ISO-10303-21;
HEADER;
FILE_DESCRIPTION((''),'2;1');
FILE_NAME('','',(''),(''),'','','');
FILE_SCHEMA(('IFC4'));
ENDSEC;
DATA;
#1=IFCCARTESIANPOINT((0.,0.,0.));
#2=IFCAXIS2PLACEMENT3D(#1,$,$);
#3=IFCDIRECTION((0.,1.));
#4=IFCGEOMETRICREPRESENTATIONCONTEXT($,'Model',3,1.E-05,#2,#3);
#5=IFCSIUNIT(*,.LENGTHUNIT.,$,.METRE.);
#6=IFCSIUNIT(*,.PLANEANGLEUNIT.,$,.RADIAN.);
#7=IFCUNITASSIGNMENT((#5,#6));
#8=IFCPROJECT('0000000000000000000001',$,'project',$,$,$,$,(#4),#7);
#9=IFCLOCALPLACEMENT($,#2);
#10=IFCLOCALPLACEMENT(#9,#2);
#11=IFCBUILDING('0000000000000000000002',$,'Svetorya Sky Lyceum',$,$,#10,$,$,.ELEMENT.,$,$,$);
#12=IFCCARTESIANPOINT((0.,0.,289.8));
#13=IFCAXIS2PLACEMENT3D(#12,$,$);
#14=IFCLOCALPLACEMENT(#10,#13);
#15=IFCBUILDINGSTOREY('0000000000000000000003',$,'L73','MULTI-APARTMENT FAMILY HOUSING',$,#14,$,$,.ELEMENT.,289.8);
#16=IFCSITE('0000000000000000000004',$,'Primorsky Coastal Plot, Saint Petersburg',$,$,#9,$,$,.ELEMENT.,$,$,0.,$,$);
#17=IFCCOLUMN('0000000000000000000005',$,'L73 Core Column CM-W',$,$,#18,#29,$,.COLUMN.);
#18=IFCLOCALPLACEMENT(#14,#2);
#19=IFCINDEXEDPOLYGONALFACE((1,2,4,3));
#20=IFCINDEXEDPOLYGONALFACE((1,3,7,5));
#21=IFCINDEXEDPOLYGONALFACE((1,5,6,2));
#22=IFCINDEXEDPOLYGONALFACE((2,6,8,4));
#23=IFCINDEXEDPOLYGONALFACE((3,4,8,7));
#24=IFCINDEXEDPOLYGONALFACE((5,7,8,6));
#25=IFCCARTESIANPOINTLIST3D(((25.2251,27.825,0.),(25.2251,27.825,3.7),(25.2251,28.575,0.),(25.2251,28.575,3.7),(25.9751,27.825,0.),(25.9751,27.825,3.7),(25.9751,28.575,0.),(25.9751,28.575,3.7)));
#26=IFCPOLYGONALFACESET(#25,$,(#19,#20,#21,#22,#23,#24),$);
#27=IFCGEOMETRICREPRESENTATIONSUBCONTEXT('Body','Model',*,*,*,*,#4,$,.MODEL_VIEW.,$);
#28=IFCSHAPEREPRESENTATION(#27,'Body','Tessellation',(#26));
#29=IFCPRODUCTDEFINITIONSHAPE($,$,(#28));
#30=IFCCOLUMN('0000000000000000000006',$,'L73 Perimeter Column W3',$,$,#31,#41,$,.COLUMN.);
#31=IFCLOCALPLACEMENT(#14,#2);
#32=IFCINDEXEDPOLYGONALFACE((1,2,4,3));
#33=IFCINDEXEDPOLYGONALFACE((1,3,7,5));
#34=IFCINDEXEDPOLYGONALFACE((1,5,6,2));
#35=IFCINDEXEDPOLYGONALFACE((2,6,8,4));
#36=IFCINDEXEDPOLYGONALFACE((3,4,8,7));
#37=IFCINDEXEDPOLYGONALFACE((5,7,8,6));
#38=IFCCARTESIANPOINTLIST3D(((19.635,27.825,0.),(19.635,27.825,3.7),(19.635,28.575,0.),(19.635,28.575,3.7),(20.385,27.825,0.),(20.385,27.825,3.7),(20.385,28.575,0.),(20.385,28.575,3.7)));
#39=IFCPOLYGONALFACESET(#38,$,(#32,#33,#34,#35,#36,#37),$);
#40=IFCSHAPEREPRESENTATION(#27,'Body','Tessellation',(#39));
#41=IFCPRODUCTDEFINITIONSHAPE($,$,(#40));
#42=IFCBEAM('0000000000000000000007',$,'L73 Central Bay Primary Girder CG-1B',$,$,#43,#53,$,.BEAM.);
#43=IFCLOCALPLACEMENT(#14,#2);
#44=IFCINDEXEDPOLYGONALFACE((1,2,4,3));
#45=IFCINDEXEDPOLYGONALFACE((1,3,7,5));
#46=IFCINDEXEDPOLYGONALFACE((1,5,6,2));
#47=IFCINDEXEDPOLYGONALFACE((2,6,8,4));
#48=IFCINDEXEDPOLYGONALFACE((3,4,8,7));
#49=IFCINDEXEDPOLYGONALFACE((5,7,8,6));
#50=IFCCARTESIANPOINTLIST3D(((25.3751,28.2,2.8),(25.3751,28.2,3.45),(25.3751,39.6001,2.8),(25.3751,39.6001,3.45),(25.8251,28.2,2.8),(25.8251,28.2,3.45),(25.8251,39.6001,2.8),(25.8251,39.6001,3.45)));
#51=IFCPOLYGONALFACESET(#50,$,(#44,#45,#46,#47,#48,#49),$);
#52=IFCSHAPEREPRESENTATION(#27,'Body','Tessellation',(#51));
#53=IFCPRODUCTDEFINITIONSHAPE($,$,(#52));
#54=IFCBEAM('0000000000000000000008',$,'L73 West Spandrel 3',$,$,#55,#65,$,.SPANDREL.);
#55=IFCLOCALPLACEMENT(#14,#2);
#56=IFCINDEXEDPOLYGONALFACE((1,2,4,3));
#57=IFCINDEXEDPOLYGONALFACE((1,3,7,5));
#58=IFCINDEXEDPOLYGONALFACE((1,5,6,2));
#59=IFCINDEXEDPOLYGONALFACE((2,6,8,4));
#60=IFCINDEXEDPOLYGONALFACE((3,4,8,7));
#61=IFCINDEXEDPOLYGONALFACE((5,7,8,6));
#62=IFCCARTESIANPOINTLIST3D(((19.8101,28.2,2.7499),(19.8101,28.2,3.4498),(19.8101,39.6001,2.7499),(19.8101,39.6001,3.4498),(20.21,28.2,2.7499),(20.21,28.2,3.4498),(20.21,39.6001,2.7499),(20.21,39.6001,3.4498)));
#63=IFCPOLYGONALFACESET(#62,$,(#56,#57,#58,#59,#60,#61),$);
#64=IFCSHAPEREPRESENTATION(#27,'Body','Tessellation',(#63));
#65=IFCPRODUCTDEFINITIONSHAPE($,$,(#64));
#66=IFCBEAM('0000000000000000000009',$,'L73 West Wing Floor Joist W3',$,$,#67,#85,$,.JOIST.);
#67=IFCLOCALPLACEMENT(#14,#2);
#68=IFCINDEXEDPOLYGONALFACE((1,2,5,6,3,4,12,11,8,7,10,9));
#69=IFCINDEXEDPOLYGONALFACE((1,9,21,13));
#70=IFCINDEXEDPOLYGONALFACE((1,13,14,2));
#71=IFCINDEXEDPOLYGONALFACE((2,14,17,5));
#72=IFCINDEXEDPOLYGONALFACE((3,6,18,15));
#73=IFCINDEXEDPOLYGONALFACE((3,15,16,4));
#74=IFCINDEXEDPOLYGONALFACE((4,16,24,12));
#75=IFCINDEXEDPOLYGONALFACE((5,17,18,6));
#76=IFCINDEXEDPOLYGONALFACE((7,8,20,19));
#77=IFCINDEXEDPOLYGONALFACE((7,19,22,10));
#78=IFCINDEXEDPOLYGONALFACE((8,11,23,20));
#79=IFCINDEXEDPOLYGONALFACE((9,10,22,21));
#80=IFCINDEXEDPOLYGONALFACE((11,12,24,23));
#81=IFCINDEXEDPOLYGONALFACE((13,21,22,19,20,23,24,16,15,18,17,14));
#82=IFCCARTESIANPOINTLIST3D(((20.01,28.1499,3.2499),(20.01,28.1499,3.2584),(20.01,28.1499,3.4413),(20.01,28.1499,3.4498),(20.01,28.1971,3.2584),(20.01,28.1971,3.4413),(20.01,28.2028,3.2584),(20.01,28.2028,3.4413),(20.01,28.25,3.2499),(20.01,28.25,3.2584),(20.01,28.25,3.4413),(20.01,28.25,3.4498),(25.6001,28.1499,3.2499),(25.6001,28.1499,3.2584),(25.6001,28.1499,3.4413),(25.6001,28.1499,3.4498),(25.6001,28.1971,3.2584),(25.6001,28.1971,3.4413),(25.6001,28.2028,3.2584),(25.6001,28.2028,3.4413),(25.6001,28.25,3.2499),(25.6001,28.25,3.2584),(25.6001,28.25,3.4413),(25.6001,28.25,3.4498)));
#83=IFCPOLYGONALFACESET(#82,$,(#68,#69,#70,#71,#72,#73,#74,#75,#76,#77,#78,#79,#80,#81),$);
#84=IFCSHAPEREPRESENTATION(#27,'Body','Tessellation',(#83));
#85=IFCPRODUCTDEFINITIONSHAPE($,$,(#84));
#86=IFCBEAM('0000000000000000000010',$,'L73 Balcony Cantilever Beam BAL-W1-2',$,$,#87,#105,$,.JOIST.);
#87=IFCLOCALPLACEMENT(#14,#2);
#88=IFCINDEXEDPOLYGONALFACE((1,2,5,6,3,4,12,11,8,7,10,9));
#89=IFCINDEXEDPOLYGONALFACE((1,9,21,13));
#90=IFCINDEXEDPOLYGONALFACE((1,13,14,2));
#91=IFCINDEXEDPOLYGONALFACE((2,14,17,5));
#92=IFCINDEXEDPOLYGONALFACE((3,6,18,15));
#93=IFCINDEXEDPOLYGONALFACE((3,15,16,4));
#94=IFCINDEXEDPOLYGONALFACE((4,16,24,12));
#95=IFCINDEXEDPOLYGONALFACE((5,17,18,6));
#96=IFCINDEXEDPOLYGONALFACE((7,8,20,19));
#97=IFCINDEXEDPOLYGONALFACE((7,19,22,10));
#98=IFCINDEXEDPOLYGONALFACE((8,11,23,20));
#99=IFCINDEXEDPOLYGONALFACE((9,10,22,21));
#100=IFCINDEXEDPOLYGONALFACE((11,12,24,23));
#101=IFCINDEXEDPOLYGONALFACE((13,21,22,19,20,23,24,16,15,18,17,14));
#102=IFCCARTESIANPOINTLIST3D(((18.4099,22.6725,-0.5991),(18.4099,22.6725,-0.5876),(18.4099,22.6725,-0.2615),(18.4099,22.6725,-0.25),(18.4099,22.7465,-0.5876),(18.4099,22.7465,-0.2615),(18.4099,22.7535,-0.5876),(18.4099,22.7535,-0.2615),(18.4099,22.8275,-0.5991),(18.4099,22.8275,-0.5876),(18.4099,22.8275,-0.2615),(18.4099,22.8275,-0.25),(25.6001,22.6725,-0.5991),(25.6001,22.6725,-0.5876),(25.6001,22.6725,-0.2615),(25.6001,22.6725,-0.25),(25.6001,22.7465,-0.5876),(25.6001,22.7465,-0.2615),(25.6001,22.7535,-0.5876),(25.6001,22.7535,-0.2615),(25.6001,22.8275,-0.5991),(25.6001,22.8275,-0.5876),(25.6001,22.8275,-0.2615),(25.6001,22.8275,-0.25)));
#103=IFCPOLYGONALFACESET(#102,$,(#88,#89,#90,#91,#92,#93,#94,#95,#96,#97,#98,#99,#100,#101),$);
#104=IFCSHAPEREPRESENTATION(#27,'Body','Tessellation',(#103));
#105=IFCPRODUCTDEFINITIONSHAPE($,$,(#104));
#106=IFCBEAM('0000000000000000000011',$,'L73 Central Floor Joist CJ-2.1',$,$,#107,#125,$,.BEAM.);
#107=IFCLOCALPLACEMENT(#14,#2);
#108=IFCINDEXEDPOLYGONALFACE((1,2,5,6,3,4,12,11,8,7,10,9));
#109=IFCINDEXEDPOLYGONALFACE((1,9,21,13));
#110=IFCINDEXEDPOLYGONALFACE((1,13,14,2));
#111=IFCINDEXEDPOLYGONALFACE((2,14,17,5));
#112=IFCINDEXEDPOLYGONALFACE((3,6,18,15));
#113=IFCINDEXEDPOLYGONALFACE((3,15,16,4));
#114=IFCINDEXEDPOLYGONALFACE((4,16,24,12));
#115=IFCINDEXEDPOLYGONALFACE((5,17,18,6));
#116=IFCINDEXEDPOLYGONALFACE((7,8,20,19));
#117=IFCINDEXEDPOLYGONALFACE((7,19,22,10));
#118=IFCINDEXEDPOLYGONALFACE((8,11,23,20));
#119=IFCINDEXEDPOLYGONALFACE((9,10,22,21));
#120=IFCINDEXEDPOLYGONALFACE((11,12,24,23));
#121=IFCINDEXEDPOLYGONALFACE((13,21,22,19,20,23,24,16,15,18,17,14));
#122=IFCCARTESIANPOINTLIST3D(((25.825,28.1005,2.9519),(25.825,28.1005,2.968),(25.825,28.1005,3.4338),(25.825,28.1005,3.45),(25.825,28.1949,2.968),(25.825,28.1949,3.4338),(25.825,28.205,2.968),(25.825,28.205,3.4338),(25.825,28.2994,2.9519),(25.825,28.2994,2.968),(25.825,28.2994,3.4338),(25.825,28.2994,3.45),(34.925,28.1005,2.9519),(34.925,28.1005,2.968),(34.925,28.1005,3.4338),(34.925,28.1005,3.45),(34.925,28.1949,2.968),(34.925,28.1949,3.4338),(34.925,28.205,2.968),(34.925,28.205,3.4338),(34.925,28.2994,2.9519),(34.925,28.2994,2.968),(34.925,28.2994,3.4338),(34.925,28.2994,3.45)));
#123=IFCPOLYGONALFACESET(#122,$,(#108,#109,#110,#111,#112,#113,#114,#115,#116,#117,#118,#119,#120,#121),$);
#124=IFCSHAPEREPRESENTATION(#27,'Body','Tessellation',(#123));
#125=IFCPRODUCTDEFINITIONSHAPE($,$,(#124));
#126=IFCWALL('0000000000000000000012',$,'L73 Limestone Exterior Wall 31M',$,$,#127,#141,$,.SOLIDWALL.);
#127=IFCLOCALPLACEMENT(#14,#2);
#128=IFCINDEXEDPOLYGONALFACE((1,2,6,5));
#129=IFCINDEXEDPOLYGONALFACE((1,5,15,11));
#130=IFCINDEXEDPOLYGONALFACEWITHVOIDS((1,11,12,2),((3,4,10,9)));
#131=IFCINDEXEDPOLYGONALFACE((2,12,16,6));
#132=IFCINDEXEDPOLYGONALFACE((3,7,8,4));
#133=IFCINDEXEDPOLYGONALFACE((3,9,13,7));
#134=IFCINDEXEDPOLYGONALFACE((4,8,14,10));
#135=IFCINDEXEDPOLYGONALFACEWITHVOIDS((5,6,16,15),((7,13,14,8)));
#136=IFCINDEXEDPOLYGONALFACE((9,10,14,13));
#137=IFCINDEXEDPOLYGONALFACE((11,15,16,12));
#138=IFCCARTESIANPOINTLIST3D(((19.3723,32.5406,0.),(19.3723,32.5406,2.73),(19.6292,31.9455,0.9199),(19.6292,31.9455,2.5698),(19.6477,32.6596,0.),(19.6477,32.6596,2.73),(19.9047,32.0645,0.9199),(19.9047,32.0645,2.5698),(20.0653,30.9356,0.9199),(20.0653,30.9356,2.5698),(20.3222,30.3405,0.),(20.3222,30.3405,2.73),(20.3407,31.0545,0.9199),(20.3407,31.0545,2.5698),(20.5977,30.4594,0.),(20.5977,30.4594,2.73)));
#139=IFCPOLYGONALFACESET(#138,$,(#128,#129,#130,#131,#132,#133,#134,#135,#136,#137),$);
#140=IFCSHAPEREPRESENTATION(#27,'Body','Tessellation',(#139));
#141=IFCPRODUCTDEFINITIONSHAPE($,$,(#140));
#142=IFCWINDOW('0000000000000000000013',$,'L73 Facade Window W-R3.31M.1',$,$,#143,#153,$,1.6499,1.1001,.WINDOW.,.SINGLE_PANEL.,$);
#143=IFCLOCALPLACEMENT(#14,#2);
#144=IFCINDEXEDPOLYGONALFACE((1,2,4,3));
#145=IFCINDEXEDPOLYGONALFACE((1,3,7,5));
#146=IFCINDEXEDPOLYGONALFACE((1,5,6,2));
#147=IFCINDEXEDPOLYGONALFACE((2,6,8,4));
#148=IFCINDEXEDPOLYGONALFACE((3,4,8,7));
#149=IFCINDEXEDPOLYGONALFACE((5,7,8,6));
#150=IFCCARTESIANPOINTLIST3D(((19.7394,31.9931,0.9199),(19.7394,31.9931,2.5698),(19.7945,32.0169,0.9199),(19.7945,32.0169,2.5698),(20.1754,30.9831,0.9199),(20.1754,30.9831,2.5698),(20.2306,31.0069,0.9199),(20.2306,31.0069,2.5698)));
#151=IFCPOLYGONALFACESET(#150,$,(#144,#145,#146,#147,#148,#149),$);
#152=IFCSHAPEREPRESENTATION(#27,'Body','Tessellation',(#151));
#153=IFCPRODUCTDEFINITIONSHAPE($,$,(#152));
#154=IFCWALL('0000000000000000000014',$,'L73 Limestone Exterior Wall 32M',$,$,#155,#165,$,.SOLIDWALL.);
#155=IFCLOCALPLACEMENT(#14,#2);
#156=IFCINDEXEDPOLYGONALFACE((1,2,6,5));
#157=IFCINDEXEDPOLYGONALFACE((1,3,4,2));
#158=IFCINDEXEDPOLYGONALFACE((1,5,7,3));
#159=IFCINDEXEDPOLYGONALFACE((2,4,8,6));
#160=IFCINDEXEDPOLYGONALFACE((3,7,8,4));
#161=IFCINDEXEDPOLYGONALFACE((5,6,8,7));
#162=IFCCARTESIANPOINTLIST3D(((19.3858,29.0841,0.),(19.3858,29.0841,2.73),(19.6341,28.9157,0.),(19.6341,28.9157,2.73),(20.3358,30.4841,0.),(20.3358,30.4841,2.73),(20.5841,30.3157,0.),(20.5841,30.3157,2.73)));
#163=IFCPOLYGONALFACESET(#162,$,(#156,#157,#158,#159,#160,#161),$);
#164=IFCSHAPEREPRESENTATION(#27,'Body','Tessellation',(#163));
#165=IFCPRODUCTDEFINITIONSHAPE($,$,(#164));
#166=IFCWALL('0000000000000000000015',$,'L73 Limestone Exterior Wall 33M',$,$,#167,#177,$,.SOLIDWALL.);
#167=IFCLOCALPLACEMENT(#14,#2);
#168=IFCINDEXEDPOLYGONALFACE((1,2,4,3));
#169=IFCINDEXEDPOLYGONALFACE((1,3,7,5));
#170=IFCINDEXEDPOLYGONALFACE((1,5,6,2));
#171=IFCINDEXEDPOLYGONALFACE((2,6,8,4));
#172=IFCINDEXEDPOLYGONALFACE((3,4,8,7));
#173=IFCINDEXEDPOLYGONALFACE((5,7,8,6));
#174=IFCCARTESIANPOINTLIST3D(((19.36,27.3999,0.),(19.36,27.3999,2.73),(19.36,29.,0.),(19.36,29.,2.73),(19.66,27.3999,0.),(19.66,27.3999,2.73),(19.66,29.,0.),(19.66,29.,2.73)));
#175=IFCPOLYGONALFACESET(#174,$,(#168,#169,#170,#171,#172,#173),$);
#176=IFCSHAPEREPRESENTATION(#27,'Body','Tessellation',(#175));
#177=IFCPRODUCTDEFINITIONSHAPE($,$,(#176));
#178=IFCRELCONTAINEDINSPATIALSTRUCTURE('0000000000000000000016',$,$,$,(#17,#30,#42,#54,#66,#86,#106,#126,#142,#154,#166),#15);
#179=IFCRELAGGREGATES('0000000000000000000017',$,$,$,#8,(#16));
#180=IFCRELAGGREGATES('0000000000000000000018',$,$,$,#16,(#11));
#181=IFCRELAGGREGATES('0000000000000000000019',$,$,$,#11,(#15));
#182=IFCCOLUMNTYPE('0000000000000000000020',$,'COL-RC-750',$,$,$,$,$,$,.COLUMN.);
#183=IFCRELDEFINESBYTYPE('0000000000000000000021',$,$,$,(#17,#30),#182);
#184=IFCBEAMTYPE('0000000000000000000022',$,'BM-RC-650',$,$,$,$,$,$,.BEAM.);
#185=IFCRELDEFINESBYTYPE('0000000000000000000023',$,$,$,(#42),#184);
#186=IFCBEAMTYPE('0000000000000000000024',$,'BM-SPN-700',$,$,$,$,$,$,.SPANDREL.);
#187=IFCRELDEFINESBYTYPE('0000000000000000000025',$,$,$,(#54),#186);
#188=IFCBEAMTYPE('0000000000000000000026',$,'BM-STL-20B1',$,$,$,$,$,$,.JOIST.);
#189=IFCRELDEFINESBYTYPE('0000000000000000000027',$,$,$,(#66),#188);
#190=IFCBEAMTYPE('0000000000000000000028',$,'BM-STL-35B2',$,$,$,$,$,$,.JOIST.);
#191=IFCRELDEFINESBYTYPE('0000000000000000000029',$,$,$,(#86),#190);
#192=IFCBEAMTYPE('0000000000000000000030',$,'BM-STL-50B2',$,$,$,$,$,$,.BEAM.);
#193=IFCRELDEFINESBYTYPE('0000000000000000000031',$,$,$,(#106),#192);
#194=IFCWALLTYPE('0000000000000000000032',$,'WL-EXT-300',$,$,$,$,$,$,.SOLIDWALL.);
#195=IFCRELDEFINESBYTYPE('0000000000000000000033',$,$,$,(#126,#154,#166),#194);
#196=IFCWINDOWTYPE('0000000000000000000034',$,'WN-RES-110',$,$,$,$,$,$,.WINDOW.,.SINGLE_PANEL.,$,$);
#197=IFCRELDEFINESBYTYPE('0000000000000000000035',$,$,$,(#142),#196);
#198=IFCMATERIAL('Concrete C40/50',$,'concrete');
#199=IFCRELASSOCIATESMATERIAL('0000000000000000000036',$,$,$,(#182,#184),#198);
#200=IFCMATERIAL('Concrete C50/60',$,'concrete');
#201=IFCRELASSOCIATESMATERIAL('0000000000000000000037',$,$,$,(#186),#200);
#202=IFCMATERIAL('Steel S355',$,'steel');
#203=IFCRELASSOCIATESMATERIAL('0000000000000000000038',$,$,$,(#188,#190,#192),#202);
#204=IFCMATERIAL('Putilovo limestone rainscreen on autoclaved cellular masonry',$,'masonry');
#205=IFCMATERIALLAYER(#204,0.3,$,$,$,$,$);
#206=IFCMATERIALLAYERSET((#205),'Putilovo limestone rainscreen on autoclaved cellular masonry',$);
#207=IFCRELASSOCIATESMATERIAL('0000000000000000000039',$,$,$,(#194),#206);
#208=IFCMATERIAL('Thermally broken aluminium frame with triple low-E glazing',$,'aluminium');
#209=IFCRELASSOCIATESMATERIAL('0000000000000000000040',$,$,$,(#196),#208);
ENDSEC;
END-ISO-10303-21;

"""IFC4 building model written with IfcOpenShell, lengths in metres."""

from ifc_helpers import new_model, si_unit, direction, frame, frame_2d, origin, origin_2d, place, context, subcontext, project, spatial, rectangle, i_section, extrude, material, layer, layer_set, material_profile, profile_set, type_object, element, fill, save


model = new_model("IFC4")

# Units and contexts
model_context = context("Model", 3, precision=1e-05, world=origin(), true_north=direction((0.0, 1.0)))
body_context = subcontext(model_context, "Body", "Model", "MODEL_VIEW")
ifc_project = project(units=[si_unit("LENGTHUNIT", "METRE"), si_unit("PLANEANGLEUNIT", "RADIAN")], contexts=[model_context])

# Site, building, storey
site_placement = place(None, origin())
site = spatial("IfcSite", under=ifc_project, at=site_placement, Name="Primorsky Coastal Plot, Saint Petersburg", CompositionType="ELEMENT", RefElevation=0.0)
building_placement = place(site_placement, origin())
building = spatial("IfcBuilding", under=site, at=building_placement, Name="Svetorya Sky Lyceum", CompositionType="ELEMENT")
storey_placement = place(building_placement, frame((0.0, 0.0, 289.8)))
storey = spatial("IfcBuildingStorey", under=building, at=storey_placement, Name="L73", Description="MULTI-APARTMENT FAMILY HOUSING", CompositionType="ELEMENT", Elevation=289.8)

# Columns
ifc_material_1 = material(Name="Concrete C40/50", Category="concrete")
ifc_material_profile_1 = material_profile(ifc_material_1, rectangle(XDim=0.75, YDim=0.75, at=origin_2d()), Name="RC COL 750x750")
ifc_profile_set_1 = profile_set([ifc_material_profile_1], Name="Concrete C40/50")
column_type = type_object("IfcColumnType", Name="COL-RC-750", PredefinedType="COLUMN", material=ifc_profile_set_1)
for number, where, z_axis, x_axis, name in (
    (1, (25.6001, 28.2, 0.0), (0.0, 0.0, 1.0), (1.0, 0.0, 0.0), "L73 Core Column CM-W"),
    (2, (20.01, 28.2, 0.0), (0.0, 0.0, 1.0), (1.0, 0.0, 0.0), "L73 Perimeter Column W3"),
):
    element("IfcColumn", number, at=place(storey_placement, frame(where, z_axis=z_axis, x_axis=x_axis)), inside=storey, type_object=column_type, Name=name, PredefinedType="COLUMN", context=body_context, shape_type="SweptSolid", body=[
        extrude(rectangle(XDim=0.75, YDim=0.75, at=origin_2d()), origin(), (0.0, 0.0, 1.0), 3.7),
    ])

# Beams
ifc_material_profile_2 = material_profile(ifc_material_1, rectangle(XDim=0.45, YDim=0.6499, at=origin_2d()), Name="RC BEAM 450x650")
ifc_profile_set_2 = profile_set([ifc_material_profile_2], Name="Concrete C40/50")
beam_type_1 = type_object("IfcBeamType", Name="BM-RC-650", PredefinedType="BEAM", material=ifc_profile_set_2)
beam_1_placement = place(storey_placement, frame((25.6001, 28.2, 3.125), z_axis=(0.0, 1.0, 0.0), x_axis=(-1.0, 0.0, 0.0)))
element("IfcBeam", 3, at=beam_1_placement, inside=storey, type_object=beam_type_1, Name="L73 Central Bay Primary Girder CG-1B", PredefinedType="BEAM", context=body_context, shape_type="SweptSolid", body=[
    extrude(rectangle(XDim=0.45, YDim=0.6499, at=origin_2d()), origin(), (0.0, 0.0, 1.0), 11.4001),
])
ifc_material_2 = material(Name="Concrete C50/60", Category="concrete")
ifc_material_profile_3 = material_profile(ifc_material_2, rectangle(XDim=0.3999, YDim=0.7, at=origin_2d()), Name="RC SPANDREL 400x700")
ifc_profile_set_3 = profile_set([ifc_material_profile_3], Name="Concrete C50/60")
beam_type_2 = type_object("IfcBeamType", Name="BM-SPN-700", PredefinedType="SPANDREL", material=ifc_profile_set_3)
beam_2_placement = place(storey_placement, frame((20.01, 28.2, 3.0999), z_axis=(0.0, 1.0, 0.0), x_axis=(-1.0, 0.0, 0.0)))
element("IfcBeam", 4, at=beam_2_placement, inside=storey, type_object=beam_type_2, Name="L73 West Spandrel 3", PredefinedType="SPANDREL", context=body_context, shape_type="SweptSolid", body=[
    extrude(rectangle(XDim=0.3999, YDim=0.7, at=origin_2d()), origin(), (0.0, 0.0, 1.0), 11.4001),
])
ifc_material_3 = material(Name="Steel S355", Category="steel")
ifc_material_profile_4 = material_profile(ifc_material_3, i_section(OverallWidth=0.1001, OverallDepth=0.2, WebThickness=0.0056, FlangeThickness=0.0085, at=origin_2d()), Name="GOST 20B1")
ifc_profile_set_4 = profile_set([ifc_material_profile_4], Name="Steel S355")
beam_type_3 = type_object("IfcBeamType", Name="BM-STL-20B1", PredefinedType="JOIST", material=ifc_profile_set_4)
beam_3_placement = place(storey_placement, frame((20.01, 28.2, 3.3499), z_axis=(1.0, 0.0, 0.0), x_axis=(0.0, 1.0, 0.0)))
element("IfcBeam", 5, at=beam_3_placement, inside=storey, type_object=beam_type_3, Name="L73 West Wing Floor Joist W3", PredefinedType="JOIST", context=body_context, shape_type="SweptSolid", body=[
    extrude(i_section(OverallWidth=0.1001, OverallDepth=0.2, WebThickness=0.0056, FlangeThickness=0.0085, at=origin_2d()), origin(), (0.0, 0.0, 1.0), 5.5901),
])
ifc_material_profile_5 = material_profile(ifc_material_3, i_section(OverallWidth=0.155, OverallDepth=0.3491, WebThickness=0.0071, FlangeThickness=0.0115, at=origin_2d()), Name="GOST 35B2")
ifc_profile_set_5 = profile_set([ifc_material_profile_5], Name="Steel S355")
beam_type_4 = type_object("IfcBeamType", Name="BM-STL-35B2", PredefinedType="JOIST", material=ifc_profile_set_5)
beam_4_placement = place(storey_placement, frame((25.6001, 22.75, -0.4246), z_axis=(-1.0, 0.0, 0.0), x_axis=(0.0, -1.0, 0.0)))
element("IfcBeam", 6, at=beam_4_placement, inside=storey, type_object=beam_type_4, Name="L73 Balcony Cantilever Beam BAL-W1-2", PredefinedType="JOIST", context=body_context, shape_type="SweptSolid", body=[
    extrude(i_section(OverallWidth=0.155, OverallDepth=0.3491, WebThickness=0.0071, FlangeThickness=0.0115, at=origin_2d()), origin(), (0.0, 0.0, 1.0), 7.1902),
])
ifc_material_profile_6 = material_profile(ifc_material_3, i_section(OverallWidth=0.199, OverallDepth=0.498, WebThickness=0.01, FlangeThickness=0.0161, at=origin_2d()), Name="GOST 50B2")
ifc_profile_set_6 = profile_set([ifc_material_profile_6], Name="Steel S355")
beam_type_5 = type_object("IfcBeamType", Name="BM-STL-50B2", PredefinedType="BEAM", material=ifc_profile_set_6)
beam_5_placement = place(storey_placement, frame((25.825, 28.2, 3.2009), z_axis=(1.0, 0.0, 0.0), x_axis=(0.0, 1.0, 0.0)))
element("IfcBeam", 7, at=beam_5_placement, inside=storey, type_object=beam_type_5, Name="L73 Central Floor Joist CJ-2.1", PredefinedType="BEAM", context=body_context, shape_type="SweptSolid", body=[
    extrude(i_section(OverallWidth=0.199, OverallDepth=0.498, WebThickness=0.01, FlangeThickness=0.0161, at=origin_2d()), origin(), (0.0, 0.0, 1.0), 9.1001),
])

# Wall, opening, window
ifc_material_4 = material(Name="Putilovo limestone rainscreen on autoclaved cellular masonry", Category="masonry")
ifc_layer_1 = layer(ifc_material_4, 0.3)
ifc_layer_set_1 = layer_set([ifc_layer_1], Name="Putilovo limestone rainscreen on autoclaved cellular masonry")
wall_type_1 = type_object("IfcWallType", Name="WL-EXT-300", PredefinedType="SOLIDWALL", material=ifc_layer_set_1)
wall_1_placement = place(storey_placement, frame((19.51, 32.6001, 0.0), z_axis=(0.0, 0.0, 1.0), x_axis=(0.396389, -0.918083, 0.0)))
wall_1 = element("IfcWall", 8, at=wall_1_placement, inside=storey, type_object=wall_type_1, Name="L73 Limestone Exterior Wall 31M", PredefinedType="SOLIDWALL", context=body_context, shape_type="SweptSolid", body=[
    extrude(rectangle(XDim=2.3965, YDim=0.3, at=frame_2d((1.1982, 0.0))), origin(), (0.0, 0.0, 1.0), 2.73),
])
opening_1_placement = place(wall_1_placement, frame((0.6482, 0.0, 0.9199)))
opening_1 = element("IfcOpeningElement", 9, at=opening_1_placement, cuts=wall_1, PredefinedType="OPENING", context=body_context, shape_type="SweptSolid", body=[
    extrude(rectangle(XDim=1.1001, YDim=1.6499, at=frame_2d((0.55, 0.825))), frame((0.0, 0.1599, 0.0), z_axis=(0.0, -1.0, 0.0), x_axis=(1.0, 0.0, 0.0)), (0.0, 0.0, 1.0), 0.3201),
])
ifc_material_5 = material(Name="Thermally broken aluminium frame with triple low-E glazing", Category="aluminium")
window_type = type_object("IfcWindowType", Name="WN-RES-110", PartitioningType="SINGLE_PANEL", PredefinedType="WINDOW", material=ifc_material_5)
window_1_placement = place(opening_1_placement, origin())
window_1 = element("IfcWindow", 10, at=window_1_placement, inside=storey, type_object=window_type, Name="L73 Facade Window W-R3.31M.1", OverallHeight=1.6499, OverallWidth=1.1001, PartitioningType="SINGLE_PANEL", PredefinedType="WINDOW", context=body_context, shape_type="SweptSolid", body=[
    extrude(rectangle(XDim=1.1001, YDim=1.6499, at=frame_2d((0.55, 0.825))), frame((0.0, 0.03, 0.0), z_axis=(0.0, -1.0, 0.0), x_axis=(1.0, 0.0, 0.0)), (0.0, 0.0, 1.0), 0.0601),
])
fill(opening_1, window_1)

# Walls
wall_2_placement = place(storey_placement, frame((20.46, 30.3999, 0.0), z_axis=(0.0, 0.0, 1.0), x_axis=(-0.561508, -0.827471, 0.0)))
element("IfcWall", 11, at=wall_2_placement, inside=storey, type_object=wall_type_1, Name="L73 Limestone Exterior Wall 32M", PredefinedType="SOLIDWALL", context=body_context, shape_type="SweptSolid", body=[
    extrude(rectangle(XDim=1.6919, YDim=0.3, at=frame_2d((0.8459, 0.0))), origin(), (0.0, 0.0, 1.0), 2.73),
])
wall_3_placement = place(storey_placement, frame((19.51, 29.0, 0.0), z_axis=(0.0, 0.0, 1.0), x_axis=(0.0, -1.0, 0.0)))
element("IfcWall", 12, at=wall_3_placement, inside=storey, type_object=wall_type_1, Name="L73 Limestone Exterior Wall 33M", PredefinedType="SOLIDWALL", context=body_context, shape_type="SweptSolid", body=[
    extrude(rectangle(XDim=1.6001, YDim=0.3, at=frame_2d((0.8, 0.0))), origin(), (0.0, 0.0, 1.0), 2.73),
])

save(model, "model.ifc")
